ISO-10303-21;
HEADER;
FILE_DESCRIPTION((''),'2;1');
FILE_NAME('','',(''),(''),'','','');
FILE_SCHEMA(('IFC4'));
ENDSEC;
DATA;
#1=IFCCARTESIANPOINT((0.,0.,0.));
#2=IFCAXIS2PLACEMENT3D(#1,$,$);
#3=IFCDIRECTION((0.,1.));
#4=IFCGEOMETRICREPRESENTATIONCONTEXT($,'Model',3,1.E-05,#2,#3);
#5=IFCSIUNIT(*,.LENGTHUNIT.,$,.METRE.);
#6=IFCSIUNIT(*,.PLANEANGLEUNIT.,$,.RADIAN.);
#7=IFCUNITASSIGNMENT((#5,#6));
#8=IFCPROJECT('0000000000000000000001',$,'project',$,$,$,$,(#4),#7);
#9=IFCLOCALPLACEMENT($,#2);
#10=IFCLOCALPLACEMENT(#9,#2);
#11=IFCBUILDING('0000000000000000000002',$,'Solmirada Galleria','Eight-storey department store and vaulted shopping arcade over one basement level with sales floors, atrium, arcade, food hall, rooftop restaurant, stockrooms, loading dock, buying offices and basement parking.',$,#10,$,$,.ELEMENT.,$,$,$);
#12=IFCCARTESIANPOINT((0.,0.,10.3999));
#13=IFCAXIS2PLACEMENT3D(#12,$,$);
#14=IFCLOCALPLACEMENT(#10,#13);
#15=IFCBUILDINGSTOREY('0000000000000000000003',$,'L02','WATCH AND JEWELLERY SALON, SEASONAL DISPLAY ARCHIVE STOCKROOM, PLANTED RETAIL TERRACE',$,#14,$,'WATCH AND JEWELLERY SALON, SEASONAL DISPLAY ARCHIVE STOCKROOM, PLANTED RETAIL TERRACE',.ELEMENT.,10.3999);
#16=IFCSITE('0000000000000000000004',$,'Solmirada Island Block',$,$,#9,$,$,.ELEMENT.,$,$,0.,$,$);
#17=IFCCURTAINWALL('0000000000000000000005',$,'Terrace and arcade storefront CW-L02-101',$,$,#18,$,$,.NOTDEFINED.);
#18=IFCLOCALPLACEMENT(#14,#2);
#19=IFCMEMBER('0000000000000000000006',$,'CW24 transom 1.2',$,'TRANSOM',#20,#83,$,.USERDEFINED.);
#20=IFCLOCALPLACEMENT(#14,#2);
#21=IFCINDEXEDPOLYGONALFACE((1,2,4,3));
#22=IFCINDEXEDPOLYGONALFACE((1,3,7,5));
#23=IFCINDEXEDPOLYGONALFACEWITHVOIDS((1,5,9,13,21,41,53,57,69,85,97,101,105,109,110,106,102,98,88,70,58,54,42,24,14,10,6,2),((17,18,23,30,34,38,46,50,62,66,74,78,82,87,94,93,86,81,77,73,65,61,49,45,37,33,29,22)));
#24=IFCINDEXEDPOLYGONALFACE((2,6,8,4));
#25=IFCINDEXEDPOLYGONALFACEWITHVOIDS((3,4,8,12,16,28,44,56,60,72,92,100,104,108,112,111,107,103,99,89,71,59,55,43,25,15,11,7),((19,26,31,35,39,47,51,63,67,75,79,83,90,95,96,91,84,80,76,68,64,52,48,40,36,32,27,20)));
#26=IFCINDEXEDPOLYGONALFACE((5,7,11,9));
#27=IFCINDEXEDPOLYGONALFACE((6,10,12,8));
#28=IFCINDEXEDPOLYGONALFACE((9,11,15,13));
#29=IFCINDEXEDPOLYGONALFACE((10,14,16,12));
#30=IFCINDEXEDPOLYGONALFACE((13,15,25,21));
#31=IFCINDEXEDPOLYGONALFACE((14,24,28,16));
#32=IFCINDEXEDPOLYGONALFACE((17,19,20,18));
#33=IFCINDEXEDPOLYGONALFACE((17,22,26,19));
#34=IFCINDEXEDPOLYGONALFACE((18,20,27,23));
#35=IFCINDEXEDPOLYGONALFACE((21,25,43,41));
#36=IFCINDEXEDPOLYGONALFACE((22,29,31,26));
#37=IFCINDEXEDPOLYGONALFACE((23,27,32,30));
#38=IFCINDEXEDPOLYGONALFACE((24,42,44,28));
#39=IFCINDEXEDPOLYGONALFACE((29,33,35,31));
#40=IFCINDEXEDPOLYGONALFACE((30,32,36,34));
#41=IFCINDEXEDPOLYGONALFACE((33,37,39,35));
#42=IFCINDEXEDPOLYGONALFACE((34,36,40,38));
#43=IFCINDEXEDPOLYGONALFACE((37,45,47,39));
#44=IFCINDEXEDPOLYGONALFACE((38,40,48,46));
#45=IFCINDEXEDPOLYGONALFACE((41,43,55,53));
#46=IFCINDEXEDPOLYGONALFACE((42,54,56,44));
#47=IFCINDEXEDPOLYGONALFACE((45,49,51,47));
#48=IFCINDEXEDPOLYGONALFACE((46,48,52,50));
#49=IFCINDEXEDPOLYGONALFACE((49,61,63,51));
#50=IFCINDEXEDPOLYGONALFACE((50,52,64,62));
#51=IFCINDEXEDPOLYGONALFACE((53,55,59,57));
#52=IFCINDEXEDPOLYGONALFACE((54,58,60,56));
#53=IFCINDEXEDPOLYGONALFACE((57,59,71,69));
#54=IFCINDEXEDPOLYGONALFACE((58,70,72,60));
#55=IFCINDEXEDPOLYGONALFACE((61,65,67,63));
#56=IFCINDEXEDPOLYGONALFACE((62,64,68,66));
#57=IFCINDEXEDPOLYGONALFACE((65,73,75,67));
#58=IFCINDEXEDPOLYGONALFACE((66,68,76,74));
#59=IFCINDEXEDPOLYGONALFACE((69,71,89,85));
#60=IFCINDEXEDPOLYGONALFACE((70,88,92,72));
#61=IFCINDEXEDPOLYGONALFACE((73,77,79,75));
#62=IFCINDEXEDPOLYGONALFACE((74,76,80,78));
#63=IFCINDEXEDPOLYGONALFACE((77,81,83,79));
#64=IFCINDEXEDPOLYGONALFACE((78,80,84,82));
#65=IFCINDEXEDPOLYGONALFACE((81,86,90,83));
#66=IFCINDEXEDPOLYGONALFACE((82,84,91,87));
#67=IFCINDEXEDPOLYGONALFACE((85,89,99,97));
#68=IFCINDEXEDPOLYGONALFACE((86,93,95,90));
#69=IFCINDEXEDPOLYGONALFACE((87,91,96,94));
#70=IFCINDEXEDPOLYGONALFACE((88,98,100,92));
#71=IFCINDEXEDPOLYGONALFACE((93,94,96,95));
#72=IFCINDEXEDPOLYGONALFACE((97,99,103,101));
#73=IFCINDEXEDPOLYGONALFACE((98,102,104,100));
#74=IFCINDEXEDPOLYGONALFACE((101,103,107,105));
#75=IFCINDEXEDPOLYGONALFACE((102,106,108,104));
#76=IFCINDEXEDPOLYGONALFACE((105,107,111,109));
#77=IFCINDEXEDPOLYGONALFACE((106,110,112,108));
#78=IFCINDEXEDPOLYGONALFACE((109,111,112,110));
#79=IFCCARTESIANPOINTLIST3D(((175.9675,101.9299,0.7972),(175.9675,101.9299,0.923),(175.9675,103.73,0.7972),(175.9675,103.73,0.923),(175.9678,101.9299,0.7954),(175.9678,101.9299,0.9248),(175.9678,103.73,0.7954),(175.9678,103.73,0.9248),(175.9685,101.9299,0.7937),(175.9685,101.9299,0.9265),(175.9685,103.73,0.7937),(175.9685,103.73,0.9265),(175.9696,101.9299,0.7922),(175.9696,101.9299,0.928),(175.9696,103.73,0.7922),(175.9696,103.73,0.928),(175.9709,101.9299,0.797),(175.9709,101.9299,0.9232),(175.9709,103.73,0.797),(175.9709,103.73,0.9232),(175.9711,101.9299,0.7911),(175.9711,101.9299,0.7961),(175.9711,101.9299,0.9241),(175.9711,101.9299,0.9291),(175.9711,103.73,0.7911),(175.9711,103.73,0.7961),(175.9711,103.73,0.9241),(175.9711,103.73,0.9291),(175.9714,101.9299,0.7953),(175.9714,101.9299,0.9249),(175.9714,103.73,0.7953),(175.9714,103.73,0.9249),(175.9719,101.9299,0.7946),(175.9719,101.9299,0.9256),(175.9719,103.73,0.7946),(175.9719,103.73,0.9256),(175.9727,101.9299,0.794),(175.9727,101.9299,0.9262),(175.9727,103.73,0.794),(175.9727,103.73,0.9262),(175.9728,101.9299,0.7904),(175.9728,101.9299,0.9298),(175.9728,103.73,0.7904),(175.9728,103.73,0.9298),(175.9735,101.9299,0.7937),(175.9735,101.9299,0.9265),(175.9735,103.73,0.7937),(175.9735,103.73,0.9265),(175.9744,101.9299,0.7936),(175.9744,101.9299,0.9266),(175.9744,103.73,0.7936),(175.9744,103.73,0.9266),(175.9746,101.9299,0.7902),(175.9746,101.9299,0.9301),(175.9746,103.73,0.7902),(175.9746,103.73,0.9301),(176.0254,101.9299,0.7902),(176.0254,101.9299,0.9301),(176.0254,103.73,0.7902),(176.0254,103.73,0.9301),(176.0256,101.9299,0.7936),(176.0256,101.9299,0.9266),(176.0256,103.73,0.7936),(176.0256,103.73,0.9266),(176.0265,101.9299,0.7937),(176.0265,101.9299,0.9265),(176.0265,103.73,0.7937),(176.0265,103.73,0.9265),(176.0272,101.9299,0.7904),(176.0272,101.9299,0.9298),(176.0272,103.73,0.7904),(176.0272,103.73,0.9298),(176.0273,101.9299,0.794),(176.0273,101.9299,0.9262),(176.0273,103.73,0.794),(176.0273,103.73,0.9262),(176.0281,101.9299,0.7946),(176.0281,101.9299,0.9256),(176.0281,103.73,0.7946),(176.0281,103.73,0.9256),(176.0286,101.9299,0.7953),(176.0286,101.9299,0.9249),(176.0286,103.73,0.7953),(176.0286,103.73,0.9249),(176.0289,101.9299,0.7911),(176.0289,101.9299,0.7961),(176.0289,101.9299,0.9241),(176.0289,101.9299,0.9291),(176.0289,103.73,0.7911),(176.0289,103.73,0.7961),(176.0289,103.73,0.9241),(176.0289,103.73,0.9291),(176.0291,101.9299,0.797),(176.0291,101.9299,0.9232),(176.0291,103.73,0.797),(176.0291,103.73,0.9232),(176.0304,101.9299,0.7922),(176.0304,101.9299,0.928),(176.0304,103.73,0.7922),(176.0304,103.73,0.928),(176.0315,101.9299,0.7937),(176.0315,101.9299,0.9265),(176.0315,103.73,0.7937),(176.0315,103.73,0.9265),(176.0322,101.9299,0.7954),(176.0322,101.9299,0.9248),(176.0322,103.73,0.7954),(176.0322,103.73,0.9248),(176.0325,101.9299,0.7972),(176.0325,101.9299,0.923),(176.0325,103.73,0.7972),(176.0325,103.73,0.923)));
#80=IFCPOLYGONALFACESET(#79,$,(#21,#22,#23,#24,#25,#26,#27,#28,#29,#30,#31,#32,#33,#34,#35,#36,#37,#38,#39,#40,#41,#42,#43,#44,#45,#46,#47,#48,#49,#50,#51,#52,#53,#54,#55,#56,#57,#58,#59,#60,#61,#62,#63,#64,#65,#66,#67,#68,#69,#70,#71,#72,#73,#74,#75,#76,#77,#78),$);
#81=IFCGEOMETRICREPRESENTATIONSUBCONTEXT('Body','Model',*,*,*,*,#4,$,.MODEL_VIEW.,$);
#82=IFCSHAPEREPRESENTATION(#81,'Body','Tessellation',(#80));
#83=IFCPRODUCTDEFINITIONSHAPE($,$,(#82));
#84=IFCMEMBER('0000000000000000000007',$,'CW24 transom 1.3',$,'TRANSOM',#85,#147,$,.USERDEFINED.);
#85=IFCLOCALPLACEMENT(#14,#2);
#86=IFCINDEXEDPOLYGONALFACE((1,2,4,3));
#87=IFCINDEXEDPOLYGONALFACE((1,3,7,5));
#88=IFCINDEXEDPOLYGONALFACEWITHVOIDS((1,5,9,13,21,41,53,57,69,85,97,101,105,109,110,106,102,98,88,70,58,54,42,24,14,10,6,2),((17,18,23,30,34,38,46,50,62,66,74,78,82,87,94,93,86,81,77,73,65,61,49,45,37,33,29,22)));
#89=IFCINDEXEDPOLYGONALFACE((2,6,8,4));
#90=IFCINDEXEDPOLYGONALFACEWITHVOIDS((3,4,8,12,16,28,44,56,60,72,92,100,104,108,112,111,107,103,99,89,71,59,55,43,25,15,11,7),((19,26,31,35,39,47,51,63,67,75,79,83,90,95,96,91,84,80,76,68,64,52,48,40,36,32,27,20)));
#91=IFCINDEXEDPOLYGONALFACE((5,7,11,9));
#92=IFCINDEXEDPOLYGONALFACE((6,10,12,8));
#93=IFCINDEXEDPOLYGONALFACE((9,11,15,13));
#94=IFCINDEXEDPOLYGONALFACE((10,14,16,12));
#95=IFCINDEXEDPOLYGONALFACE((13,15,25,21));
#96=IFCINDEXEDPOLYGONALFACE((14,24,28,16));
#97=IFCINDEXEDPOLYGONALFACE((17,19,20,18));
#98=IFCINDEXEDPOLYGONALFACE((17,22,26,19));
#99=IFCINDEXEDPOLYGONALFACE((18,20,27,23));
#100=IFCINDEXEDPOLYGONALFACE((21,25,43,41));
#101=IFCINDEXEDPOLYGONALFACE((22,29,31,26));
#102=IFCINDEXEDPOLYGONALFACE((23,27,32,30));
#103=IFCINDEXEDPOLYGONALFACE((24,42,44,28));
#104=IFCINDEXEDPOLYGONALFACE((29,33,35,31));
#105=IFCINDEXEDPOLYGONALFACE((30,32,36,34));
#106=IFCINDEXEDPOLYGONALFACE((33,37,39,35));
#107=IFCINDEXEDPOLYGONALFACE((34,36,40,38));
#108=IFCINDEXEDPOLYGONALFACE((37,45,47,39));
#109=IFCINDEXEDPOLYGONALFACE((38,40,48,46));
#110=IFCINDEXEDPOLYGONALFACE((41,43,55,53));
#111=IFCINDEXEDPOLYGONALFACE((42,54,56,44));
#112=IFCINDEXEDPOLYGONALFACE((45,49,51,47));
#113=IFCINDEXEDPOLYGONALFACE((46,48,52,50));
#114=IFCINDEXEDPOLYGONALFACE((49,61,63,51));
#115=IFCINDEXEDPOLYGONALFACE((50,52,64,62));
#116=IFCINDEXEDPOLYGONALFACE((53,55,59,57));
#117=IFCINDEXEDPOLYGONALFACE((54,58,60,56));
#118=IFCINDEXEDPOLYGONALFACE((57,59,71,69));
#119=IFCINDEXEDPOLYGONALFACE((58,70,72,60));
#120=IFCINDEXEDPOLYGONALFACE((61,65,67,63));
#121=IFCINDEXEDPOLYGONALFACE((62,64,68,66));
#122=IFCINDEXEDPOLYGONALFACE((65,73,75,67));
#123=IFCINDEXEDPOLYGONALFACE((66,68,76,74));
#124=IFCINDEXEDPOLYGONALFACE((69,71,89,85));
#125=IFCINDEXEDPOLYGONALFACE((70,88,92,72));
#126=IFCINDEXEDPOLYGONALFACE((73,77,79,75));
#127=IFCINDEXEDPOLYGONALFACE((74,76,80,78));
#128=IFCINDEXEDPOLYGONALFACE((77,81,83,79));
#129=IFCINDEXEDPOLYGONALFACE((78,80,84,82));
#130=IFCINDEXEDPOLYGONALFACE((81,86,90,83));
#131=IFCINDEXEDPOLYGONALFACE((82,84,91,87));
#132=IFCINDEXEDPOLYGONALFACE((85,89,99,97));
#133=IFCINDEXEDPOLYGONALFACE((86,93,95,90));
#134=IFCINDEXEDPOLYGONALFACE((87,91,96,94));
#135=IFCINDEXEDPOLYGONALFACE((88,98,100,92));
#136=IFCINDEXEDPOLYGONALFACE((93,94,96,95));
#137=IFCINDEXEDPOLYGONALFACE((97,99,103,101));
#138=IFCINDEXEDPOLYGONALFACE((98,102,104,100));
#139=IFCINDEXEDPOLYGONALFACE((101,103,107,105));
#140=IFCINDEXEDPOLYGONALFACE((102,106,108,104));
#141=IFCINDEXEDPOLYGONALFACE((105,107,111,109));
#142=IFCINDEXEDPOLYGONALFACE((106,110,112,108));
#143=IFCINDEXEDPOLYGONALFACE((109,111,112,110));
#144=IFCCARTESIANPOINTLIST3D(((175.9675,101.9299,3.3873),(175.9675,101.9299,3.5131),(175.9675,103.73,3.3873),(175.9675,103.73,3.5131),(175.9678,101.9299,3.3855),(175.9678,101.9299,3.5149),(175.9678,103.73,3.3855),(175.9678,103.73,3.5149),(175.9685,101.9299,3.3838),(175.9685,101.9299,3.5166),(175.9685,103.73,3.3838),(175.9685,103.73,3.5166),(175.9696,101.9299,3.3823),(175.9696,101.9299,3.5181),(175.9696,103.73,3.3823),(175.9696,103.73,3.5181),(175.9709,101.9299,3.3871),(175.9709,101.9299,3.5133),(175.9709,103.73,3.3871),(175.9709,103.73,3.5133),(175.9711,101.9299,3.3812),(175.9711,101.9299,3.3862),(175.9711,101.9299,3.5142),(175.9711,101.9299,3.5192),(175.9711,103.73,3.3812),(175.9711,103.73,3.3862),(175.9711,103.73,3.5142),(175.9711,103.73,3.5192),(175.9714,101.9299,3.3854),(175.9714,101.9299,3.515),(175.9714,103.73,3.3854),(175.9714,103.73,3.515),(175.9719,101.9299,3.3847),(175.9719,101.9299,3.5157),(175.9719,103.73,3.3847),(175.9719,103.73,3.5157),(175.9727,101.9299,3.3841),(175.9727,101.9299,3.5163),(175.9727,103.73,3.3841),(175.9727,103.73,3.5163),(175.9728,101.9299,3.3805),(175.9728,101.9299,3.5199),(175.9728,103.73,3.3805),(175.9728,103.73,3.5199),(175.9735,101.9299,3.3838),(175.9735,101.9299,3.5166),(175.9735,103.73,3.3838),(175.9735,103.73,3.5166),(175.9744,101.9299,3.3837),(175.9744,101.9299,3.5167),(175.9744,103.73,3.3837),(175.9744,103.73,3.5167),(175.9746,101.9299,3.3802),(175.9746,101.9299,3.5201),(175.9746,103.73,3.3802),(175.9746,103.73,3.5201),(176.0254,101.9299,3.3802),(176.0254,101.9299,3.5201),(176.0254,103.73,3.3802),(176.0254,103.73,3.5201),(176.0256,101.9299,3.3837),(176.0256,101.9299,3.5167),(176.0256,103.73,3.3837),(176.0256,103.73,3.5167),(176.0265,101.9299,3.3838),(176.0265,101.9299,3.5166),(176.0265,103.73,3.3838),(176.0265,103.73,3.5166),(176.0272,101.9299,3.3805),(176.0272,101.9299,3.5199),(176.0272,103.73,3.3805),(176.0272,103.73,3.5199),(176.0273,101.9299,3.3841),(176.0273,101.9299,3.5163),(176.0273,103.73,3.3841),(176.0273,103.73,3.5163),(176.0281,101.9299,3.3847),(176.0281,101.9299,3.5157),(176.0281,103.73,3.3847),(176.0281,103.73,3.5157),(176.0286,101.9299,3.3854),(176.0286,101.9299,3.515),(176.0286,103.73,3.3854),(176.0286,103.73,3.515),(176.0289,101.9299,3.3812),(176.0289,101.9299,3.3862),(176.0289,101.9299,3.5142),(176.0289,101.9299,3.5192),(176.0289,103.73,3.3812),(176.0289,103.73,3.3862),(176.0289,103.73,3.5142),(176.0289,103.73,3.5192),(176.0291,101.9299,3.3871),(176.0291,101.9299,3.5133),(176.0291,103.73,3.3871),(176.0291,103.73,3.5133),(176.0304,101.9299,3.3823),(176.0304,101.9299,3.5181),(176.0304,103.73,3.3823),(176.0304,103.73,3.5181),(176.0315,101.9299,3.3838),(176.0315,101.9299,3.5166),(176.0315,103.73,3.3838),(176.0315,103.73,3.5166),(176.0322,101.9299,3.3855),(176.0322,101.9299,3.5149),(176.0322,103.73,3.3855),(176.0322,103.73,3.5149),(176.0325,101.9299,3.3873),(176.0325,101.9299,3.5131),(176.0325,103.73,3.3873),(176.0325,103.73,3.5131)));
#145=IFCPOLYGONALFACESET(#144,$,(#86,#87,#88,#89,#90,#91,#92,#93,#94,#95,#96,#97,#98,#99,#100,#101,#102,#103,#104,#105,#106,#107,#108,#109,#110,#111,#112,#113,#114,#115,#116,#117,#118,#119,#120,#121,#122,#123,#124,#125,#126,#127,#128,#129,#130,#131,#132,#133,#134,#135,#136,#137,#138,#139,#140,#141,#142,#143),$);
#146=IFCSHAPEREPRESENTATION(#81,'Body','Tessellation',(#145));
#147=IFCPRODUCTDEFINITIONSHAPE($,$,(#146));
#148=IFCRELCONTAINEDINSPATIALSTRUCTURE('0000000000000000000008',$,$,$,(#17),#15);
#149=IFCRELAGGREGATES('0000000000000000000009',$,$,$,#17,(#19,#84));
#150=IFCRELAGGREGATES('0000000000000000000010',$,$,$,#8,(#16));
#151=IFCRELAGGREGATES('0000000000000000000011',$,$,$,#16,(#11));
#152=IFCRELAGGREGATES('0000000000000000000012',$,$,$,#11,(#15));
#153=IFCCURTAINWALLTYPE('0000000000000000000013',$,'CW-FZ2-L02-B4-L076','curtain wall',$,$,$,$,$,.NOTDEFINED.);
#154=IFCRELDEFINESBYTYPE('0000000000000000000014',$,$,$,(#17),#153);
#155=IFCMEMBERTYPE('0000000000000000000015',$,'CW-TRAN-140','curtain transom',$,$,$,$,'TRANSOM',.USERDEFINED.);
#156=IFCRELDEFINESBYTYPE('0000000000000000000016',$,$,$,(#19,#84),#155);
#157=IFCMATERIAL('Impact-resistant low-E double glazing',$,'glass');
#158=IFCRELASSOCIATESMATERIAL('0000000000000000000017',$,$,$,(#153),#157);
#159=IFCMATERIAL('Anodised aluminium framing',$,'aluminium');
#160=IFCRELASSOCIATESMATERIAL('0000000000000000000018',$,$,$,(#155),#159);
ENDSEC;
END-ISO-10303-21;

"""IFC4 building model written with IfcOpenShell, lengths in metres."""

from ifc_helpers import new_model, si_unit, direction, frame, origin, origin_2d, place, context, subcontext, project, spatial, hollow_rectangle, extrude, material, material_profile, profile_set, type_object, element, aggregate, save


model = new_model("IFC4")

# Units and contexts
model_context = context("Model", 3, precision=1e-05, world=origin(), true_north=direction((0.0, 1.0)))
body_context = subcontext(model_context, "Body", "Model", "MODEL_VIEW")
ifc_project = project(units=[si_unit("LENGTHUNIT", "METRE"), si_unit("PLANEANGLEUNIT", "RADIAN")], contexts=[model_context])

# Site, building, storey
site_placement = place(None, origin())
site = spatial("IfcSite", under=ifc_project, at=site_placement, Name="Solmirada Island Block", CompositionType="ELEMENT", RefElevation=0.0)
building_placement = place(site_placement, origin())
building = spatial("IfcBuilding", under=site, at=building_placement, Name="Solmirada Galleria", Description="Eight-storey department store and vaulted shopping arcade over one basement level with sales floors, atrium, arcade, food hall, rooftop restaurant, stockrooms, loading dock, buying offices and basement parking.", CompositionType="ELEMENT")
storey_placement = place(building_placement, frame((0.0, 0.0, 10.3999)))
storey = spatial("IfcBuildingStorey", under=building, at=storey_placement, Name="L02", Description="WATCH AND JEWELLERY SALON, SEASONAL DISPLAY ARCHIVE STOCKROOM, PLANTED RETAIL TERRACE", LongName="WATCH AND JEWELLERY SALON, SEASONAL DISPLAY ARCHIVE STOCKROOM, PLANTED RETAIL TERRACE", CompositionType="ELEMENT", Elevation=10.3999)

# Curtain wall, members
ifc_material_1 = material(Name="Impact-resistant low-E double glazing", Category="glass")
curtain_wall_type = type_object("IfcCurtainWallType", Name="CW-FZ2-L02-B4-L076", Description="curtain wall", PredefinedType="NOTDEFINED", material=ifc_material_1)
curtain_wall_placement = place(storey_placement, origin())
curtain_wall = element("IfcCurtainWall", 1, at=curtain_wall_placement, inside=storey, type_object=curtain_wall_type, Name="Terrace and arcade storefront CW-L02-101", PredefinedType="NOTDEFINED")
ifc_material_2 = material(Name="Anodised aluminium framing", Category="aluminium")
ifc_material_profile_1 = material_profile(ifc_material_2, hollow_rectangle(XDim=0.0649, YDim=0.1399, WallThickness=0.0034, InnerFilletRadius=0.0034, OuterFilletRadius=0.0071, at=origin_2d()), Name="ALU-TRAN-140X65")
ifc_profile_set_1 = profile_set([ifc_material_profile_1], Name="Anodised aluminium framing")
member_type_1 = type_object("IfcMemberType", Name="CW-TRAN-140", Description="curtain transom", ElementType="TRANSOM", PredefinedType="USERDEFINED", material=ifc_profile_set_1)
member_1_placement = place(storey_placement, frame((176.0, 103.73, 0.8601), z_axis=(0.0, -1.0, 0.0), x_axis=(1.0, 0.0, 0.0)))
member_1 = element("IfcMember", 2, at=member_1_placement, type_object=member_type_1, Name="CW24 transom 1.2", ObjectType="TRANSOM", PredefinedType="USERDEFINED", context=body_context, shape_type="SweptSolid", body=[
    extrude(hollow_rectangle(XDim=0.0649, YDim=0.1399, WallThickness=0.0034, InnerFilletRadius=0.0034, OuterFilletRadius=0.0071, at=origin_2d()), origin(), (0.0, 0.0, 1.0), 1.8),
])
member_2_placement = place(storey_placement, frame((176.0, 103.73, 3.4502), z_axis=(0.0, -1.0, 0.0), x_axis=(1.0, 0.0, 0.0)))
member_2 = element("IfcMember", 3, at=member_2_placement, type_object=member_type_1, Name="CW24 transom 1.3", ObjectType="TRANSOM", PredefinedType="USERDEFINED", context=body_context, shape_type="SweptSolid", body=[
    extrude(hollow_rectangle(XDim=0.0649, YDim=0.1399, WallThickness=0.0034, InnerFilletRadius=0.0034, OuterFilletRadius=0.0071, at=origin_2d()), origin(), (0.0, 0.0, 1.0), 1.8),
])
aggregate(curtain_wall, [member_1, member_2])

save(model, "model.ifc")
